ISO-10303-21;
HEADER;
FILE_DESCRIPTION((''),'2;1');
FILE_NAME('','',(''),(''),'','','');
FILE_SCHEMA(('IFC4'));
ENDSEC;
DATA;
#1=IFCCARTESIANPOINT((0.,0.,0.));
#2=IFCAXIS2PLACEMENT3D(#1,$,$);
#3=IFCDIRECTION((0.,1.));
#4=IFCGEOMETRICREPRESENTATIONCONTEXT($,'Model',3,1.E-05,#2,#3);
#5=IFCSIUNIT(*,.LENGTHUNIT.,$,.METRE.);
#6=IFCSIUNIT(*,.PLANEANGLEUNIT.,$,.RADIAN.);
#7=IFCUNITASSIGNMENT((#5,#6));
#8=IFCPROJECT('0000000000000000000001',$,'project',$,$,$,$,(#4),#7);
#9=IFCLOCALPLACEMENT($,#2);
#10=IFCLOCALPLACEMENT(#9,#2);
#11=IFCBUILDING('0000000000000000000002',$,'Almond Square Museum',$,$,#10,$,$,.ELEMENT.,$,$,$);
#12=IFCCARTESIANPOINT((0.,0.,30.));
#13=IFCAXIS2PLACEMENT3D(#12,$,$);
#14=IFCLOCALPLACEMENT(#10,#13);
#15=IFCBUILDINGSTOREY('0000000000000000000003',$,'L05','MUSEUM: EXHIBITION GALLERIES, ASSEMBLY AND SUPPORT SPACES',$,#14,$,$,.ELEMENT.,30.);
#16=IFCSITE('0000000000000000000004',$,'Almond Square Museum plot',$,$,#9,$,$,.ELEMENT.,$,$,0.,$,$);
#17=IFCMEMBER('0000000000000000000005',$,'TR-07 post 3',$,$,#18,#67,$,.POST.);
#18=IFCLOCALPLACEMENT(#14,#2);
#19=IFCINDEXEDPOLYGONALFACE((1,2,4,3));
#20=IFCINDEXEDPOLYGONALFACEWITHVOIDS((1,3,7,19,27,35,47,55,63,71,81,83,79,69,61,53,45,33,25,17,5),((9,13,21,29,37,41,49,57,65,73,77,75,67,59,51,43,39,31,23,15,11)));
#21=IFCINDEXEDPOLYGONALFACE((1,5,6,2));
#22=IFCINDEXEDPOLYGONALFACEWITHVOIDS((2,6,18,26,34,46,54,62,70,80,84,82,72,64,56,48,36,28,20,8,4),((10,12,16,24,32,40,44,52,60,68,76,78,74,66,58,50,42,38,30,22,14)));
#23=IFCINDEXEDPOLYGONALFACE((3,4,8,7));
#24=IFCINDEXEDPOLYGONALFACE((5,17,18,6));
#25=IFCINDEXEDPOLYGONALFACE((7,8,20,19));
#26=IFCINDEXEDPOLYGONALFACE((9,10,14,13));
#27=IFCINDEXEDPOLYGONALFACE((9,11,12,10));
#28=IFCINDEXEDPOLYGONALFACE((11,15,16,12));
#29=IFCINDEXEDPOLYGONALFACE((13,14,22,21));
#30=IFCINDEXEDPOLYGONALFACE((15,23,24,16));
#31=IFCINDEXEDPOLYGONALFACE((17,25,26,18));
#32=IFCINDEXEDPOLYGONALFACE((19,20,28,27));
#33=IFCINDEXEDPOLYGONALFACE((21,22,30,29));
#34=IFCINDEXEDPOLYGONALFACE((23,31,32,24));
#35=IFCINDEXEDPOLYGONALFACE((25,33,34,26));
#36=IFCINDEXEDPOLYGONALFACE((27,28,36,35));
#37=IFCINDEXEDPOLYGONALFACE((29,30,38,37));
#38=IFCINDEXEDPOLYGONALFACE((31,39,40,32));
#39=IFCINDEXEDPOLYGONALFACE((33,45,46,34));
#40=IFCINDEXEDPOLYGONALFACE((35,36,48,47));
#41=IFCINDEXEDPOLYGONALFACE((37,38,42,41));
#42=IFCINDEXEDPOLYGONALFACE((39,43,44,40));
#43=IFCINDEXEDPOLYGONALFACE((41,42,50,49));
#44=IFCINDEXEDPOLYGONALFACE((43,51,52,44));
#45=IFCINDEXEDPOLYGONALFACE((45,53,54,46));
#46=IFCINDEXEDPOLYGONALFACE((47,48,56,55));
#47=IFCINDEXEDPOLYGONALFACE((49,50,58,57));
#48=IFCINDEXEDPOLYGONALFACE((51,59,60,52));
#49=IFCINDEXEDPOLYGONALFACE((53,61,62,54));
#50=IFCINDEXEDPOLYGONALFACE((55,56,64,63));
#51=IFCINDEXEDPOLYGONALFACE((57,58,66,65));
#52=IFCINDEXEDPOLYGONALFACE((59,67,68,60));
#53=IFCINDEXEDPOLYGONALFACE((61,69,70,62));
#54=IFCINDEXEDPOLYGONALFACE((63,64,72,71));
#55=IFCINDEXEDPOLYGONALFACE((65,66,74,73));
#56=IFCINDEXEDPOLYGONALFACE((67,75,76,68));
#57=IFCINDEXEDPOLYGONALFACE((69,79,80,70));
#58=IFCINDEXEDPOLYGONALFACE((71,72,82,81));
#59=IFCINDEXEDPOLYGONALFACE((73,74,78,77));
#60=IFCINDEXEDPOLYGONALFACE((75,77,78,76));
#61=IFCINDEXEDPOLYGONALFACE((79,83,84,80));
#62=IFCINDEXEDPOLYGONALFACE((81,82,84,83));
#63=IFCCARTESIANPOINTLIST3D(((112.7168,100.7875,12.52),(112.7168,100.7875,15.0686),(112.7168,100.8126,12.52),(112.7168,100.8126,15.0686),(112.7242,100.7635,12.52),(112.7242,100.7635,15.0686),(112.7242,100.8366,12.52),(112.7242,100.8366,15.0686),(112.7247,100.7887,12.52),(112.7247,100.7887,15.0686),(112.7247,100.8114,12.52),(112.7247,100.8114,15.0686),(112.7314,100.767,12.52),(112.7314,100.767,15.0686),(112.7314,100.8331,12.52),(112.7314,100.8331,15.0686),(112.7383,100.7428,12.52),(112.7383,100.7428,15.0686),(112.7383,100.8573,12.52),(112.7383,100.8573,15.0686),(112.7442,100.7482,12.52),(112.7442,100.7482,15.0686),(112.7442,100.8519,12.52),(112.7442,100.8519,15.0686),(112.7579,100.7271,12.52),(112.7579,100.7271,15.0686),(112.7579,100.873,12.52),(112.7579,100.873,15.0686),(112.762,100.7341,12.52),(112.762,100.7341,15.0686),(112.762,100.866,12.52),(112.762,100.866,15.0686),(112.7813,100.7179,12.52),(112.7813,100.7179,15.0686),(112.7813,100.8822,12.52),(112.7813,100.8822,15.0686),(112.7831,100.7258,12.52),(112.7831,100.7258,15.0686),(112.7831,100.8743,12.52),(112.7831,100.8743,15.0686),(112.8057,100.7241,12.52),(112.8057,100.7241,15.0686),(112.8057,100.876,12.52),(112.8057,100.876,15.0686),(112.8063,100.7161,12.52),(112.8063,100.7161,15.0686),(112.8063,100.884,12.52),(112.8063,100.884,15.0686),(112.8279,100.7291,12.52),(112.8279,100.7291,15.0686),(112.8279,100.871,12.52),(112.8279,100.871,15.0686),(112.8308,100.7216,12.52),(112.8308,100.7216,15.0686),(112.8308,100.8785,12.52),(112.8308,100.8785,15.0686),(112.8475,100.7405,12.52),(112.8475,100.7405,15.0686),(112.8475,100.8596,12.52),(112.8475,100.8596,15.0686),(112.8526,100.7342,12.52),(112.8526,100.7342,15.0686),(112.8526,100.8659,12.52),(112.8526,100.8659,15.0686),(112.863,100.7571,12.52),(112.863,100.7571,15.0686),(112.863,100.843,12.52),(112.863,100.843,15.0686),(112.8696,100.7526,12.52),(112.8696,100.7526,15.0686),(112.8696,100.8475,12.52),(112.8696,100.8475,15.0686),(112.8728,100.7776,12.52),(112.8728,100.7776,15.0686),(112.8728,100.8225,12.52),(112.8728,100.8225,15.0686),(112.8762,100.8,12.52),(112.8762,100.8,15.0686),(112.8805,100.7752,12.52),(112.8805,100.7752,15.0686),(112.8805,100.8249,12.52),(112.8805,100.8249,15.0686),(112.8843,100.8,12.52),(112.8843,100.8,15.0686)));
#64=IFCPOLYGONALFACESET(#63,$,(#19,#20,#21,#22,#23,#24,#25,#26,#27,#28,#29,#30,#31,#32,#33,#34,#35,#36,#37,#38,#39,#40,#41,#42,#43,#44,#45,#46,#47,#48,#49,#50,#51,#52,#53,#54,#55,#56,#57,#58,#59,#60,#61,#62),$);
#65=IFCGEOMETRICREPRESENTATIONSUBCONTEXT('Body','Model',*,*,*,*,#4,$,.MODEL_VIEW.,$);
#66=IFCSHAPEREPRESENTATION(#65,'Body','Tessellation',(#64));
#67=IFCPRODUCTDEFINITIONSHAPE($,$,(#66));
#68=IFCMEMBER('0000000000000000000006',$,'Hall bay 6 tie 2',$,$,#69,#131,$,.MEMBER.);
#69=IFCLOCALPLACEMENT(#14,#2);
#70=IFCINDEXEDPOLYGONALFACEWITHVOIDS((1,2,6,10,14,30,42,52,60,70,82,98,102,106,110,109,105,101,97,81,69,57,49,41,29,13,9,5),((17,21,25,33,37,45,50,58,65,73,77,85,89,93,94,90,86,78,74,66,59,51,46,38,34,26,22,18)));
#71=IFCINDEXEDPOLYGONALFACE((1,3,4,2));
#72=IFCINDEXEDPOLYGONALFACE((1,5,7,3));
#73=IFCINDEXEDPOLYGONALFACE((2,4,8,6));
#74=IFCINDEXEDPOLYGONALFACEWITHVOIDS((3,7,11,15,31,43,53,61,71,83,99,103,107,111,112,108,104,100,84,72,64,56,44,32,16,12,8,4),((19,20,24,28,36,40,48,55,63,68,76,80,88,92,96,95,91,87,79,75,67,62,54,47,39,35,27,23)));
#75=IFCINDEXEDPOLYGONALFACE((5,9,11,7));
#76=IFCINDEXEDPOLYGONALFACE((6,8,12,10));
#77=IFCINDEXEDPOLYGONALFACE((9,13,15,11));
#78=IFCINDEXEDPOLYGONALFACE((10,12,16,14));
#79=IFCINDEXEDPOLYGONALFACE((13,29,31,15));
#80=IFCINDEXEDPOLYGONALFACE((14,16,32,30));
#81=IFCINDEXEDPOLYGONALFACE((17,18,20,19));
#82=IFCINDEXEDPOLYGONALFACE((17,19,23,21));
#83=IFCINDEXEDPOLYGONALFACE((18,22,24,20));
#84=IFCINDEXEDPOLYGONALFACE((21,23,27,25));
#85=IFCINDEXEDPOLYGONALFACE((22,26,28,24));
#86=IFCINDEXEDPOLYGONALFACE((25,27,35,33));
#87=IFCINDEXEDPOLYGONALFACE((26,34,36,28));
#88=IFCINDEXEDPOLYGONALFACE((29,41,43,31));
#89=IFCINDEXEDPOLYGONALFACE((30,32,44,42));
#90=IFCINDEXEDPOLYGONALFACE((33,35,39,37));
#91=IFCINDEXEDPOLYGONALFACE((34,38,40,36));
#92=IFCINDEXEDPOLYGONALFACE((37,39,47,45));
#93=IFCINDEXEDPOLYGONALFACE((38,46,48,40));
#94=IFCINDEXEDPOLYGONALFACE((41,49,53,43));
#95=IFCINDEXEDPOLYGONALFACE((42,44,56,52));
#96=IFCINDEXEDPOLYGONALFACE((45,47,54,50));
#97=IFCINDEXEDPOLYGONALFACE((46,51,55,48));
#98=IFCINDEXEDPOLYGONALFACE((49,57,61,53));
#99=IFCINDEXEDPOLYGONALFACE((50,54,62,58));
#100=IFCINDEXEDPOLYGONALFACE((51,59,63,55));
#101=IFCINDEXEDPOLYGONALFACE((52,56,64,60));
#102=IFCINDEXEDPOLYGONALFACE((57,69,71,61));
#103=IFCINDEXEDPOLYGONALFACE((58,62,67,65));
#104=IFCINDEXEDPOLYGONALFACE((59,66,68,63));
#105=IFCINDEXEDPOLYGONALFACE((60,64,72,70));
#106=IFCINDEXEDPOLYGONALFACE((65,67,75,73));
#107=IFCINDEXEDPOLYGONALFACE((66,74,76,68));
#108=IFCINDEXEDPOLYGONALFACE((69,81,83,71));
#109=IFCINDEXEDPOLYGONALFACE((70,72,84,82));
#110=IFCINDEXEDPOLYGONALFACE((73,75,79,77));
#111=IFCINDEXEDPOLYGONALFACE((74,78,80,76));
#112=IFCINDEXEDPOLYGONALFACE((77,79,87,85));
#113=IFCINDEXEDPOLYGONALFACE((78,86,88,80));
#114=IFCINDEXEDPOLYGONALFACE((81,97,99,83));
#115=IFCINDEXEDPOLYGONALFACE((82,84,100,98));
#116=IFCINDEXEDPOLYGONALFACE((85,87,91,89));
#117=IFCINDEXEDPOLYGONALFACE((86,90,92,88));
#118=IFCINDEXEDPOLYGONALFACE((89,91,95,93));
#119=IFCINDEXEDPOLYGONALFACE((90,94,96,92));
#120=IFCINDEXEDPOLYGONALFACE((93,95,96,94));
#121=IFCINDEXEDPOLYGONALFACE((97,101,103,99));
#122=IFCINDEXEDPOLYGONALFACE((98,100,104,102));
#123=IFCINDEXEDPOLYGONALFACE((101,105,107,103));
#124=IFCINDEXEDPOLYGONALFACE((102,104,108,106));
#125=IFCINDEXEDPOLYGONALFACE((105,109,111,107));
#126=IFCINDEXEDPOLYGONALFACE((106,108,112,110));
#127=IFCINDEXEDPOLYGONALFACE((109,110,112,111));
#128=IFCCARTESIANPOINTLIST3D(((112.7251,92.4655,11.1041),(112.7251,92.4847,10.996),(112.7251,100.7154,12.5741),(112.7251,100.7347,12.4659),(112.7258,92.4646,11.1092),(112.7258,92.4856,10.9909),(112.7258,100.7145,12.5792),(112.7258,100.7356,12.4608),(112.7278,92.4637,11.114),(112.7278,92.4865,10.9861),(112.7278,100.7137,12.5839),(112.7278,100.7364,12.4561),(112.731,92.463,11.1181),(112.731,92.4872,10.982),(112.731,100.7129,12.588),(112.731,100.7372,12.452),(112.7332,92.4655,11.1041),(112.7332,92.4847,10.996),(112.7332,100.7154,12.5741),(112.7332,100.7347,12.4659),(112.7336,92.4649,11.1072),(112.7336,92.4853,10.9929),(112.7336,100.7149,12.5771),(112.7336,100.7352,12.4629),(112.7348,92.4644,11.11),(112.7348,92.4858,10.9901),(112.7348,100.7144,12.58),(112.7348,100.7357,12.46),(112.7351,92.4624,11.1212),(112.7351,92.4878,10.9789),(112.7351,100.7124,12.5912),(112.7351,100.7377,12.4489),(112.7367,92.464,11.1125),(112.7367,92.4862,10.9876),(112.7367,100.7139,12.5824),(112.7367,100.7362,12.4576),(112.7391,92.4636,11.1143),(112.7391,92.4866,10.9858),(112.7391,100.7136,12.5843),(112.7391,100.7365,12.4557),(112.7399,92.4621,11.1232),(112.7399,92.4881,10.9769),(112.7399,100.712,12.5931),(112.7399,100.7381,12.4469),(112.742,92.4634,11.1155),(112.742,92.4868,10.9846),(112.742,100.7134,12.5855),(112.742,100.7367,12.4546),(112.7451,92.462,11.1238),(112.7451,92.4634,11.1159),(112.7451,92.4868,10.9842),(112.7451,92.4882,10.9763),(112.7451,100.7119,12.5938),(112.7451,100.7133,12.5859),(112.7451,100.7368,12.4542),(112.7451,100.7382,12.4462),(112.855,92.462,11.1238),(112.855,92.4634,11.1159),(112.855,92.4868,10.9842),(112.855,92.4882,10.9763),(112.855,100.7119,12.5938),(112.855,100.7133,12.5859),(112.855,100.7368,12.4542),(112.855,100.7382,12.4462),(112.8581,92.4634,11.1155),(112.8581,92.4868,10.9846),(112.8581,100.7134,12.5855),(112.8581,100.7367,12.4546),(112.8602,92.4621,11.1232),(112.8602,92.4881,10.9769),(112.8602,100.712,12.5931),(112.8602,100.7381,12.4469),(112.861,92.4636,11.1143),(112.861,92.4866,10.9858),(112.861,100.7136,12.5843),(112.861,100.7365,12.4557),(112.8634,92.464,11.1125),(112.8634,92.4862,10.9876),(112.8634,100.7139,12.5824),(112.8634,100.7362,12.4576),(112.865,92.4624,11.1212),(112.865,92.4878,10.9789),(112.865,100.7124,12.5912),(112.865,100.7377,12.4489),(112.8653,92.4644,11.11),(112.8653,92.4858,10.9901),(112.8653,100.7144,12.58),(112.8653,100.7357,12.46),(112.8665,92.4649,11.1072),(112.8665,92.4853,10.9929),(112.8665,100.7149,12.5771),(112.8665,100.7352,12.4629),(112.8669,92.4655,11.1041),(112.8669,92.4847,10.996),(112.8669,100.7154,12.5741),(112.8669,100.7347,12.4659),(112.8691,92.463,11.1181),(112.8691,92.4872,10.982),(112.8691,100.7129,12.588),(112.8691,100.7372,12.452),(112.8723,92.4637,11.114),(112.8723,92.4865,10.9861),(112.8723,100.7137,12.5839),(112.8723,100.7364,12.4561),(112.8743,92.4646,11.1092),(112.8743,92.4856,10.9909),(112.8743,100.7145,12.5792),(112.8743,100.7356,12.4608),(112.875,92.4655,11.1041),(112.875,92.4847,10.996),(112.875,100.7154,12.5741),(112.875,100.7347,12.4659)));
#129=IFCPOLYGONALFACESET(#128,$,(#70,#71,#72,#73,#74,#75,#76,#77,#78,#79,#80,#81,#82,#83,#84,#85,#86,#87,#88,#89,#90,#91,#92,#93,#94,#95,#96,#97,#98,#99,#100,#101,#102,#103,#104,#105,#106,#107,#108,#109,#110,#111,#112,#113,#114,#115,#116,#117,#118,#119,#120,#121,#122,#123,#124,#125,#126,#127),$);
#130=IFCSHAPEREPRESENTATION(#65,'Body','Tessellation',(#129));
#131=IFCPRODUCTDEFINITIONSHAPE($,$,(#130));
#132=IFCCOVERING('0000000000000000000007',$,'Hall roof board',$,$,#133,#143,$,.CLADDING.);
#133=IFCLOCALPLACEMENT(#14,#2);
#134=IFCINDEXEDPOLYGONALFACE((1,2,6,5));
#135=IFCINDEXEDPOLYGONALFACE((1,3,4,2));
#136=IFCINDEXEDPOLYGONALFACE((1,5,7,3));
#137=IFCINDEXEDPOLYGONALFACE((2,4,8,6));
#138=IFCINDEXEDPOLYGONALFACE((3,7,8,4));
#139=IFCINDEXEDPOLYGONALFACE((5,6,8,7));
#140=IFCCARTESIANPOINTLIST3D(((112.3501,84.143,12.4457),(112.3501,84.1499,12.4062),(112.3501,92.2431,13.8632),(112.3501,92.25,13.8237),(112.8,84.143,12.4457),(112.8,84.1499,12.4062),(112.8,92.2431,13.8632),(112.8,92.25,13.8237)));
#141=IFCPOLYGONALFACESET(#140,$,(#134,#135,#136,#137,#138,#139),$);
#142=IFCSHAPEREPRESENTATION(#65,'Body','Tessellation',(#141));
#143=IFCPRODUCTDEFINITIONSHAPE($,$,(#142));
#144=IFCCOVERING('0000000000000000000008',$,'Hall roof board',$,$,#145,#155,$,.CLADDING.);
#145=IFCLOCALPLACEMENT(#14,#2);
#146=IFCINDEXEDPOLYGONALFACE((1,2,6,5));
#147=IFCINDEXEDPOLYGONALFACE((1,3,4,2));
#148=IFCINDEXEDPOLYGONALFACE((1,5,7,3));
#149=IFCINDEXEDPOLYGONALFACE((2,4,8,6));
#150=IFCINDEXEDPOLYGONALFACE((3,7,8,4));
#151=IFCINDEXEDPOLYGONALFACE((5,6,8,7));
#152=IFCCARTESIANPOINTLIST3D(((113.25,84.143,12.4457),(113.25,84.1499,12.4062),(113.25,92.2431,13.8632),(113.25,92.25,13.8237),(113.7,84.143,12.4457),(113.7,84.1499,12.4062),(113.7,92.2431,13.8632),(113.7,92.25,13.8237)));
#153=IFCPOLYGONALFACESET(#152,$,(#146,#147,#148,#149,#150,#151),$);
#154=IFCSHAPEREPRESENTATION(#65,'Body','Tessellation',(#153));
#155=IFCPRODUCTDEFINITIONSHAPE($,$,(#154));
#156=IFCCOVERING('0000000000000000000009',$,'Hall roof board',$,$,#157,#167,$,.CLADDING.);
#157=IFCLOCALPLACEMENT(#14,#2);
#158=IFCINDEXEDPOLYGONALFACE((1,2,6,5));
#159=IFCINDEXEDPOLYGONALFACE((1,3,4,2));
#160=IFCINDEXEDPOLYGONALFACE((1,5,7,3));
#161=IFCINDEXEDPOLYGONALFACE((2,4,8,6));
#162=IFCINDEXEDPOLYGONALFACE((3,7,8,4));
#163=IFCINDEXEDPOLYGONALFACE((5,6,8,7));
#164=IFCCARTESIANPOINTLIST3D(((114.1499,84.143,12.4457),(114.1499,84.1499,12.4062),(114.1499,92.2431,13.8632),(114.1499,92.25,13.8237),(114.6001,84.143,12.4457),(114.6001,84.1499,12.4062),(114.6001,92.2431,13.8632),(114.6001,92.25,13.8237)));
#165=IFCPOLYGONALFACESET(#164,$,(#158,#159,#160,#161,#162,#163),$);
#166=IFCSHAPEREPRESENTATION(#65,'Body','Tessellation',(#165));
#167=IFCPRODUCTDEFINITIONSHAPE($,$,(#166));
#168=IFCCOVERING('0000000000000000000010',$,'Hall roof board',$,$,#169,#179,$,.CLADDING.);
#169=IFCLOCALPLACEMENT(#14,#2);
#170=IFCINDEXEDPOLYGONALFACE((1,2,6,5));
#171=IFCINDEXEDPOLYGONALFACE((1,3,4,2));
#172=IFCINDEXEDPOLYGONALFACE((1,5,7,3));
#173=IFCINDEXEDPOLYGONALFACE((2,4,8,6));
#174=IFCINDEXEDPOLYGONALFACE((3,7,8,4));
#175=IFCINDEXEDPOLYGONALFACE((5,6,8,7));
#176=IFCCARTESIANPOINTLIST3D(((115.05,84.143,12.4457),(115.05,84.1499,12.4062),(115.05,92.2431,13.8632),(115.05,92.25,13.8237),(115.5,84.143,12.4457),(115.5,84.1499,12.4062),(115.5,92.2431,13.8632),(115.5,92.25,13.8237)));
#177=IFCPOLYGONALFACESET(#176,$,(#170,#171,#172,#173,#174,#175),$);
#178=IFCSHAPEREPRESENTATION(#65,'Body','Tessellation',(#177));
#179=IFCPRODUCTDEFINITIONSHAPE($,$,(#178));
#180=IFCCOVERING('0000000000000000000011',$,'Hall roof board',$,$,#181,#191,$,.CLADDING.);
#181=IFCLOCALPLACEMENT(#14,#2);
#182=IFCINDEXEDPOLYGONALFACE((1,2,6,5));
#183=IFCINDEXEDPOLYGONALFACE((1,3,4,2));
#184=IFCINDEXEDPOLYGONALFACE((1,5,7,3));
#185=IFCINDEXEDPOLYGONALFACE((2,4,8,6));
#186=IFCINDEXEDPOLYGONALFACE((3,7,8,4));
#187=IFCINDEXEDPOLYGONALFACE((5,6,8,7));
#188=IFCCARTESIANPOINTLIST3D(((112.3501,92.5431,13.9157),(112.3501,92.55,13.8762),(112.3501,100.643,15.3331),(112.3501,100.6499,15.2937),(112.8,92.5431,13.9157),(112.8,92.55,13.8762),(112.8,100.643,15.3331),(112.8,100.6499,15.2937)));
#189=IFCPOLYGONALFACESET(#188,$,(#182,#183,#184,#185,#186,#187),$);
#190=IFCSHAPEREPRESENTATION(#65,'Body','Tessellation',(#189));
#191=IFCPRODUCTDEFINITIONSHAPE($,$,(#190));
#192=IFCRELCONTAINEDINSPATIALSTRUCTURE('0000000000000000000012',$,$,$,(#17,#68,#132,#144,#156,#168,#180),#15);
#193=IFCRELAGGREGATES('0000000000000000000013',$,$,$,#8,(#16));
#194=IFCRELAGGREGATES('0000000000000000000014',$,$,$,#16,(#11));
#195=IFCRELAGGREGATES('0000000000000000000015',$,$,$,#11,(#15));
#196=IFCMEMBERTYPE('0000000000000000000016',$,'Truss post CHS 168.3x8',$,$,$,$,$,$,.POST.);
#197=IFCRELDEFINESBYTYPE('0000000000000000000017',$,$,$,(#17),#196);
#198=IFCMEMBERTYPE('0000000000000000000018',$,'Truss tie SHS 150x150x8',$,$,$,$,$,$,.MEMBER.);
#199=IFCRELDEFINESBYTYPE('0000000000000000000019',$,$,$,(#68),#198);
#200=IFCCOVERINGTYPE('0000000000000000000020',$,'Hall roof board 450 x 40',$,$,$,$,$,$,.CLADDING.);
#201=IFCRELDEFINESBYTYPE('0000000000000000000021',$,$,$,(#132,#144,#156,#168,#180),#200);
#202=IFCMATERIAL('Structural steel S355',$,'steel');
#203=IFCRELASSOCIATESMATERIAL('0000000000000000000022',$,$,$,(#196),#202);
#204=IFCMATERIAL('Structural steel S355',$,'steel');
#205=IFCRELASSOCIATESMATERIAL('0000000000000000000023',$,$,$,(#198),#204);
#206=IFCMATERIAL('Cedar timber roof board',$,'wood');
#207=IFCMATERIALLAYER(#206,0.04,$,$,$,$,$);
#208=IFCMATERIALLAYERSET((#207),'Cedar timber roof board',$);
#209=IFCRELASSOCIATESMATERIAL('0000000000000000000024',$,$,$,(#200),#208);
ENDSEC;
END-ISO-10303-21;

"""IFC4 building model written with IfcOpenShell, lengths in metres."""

from ifc_helpers import new_model, si_unit, direction, frame, origin, origin_2d, place, context, subcontext, project, spatial, polyline, hollow_rectangle, hollow_circle, outline, extrude, material, layer, layer_set, material_profile, profile_set, type_object, element, save


model = new_model("IFC4")

# Units and contexts
model_context = context("Model", 3, precision=1e-05, world=origin(), true_north=direction((0.0, 1.0)))
body_context = subcontext(model_context, "Body", "Model", "MODEL_VIEW")
ifc_project = project(units=[si_unit("LENGTHUNIT", "METRE"), si_unit("PLANEANGLEUNIT", "RADIAN")], contexts=[model_context])

# Site, building, storey
site_placement = place(None, origin())
site = spatial("IfcSite", under=ifc_project, at=site_placement, Name="Almond Square Museum plot", CompositionType="ELEMENT", RefElevation=0.0)
building_placement = place(site_placement, origin())
building = spatial("IfcBuilding", under=site, at=building_placement, Name="Almond Square Museum", CompositionType="ELEMENT")
storey_placement = place(building_placement, frame((0.0, 0.0, 30.0)))
storey = spatial("IfcBuildingStorey", under=building, at=storey_placement, Name="L05", Description="MUSEUM: EXHIBITION GALLERIES, ASSEMBLY AND SUPPORT SPACES", CompositionType="ELEMENT", Elevation=30.0)

# Members
ifc_material_1 = material(Name="Structural steel S355", Category="steel")
ifc_material_profile_1 = material_profile(ifc_material_1, hollow_circle(Radius=0.0842, WallThickness=0.0081, at=origin_2d()))
ifc_profile_set_1 = profile_set([ifc_material_profile_1], Name="Structural steel S355")
member_type_1 = type_object("IfcMemberType", Name="Truss post CHS 168.3x8", PredefinedType="POST", material=ifc_profile_set_1)
member_1_placement = place(storey_placement, frame((112.8, 100.8, 12.52), z_axis=(0.0, 0.0, 1.0), x_axis=(1.0, 0.0, 0.0)))
element("IfcMember", 1, at=member_1_placement, inside=storey, type_object=member_type_1, Name="TR-07 post 3", PredefinedType="POST", context=body_context, shape_type="SweptSolid", body=[
    extrude(hollow_circle(Radius=0.0842, WallThickness=0.0081, at=origin_2d()), origin(), (0.0, 0.0, 1.0), 2.5486),
])
ifc_material_2 = material(Name="Structural steel S355", Category="steel")
ifc_material_profile_2 = material_profile(ifc_material_2, hollow_rectangle(XDim=0.1499, YDim=0.1499, WallThickness=0.0081, InnerFilletRadius=0.012, OuterFilletRadius=0.02, at=origin_2d()))
ifc_profile_set_2 = profile_set([ifc_material_profile_2], Name="Structural steel S355")
member_type_2 = type_object("IfcMemberType", Name="Truss tie SHS 150x150x8", PredefinedType="MEMBER", material=ifc_profile_set_2)
member_2_placement = place(storey_placement, frame((112.8, 92.4751, 11.05), z_axis=(0.0, 0.984494, 0.175416), x_axis=(-1.0, 0.0, 0.0)))
element("IfcMember", 2, at=member_2_placement, inside=storey, type_object=member_type_2, Name="Hall bay 6 tie 2", PredefinedType="MEMBER", context=body_context, shape_type="SweptSolid", body=[
    extrude(hollow_rectangle(XDim=0.1499, YDim=0.1499, WallThickness=0.0081, InnerFilletRadius=0.012, OuterFilletRadius=0.02, at=origin_2d()), origin(), (0.0, 0.0, 1.0), 8.3799),
])

# Coverings
ifc_material_3 = material(Name="Cedar timber roof board", Category="wood")
ifc_layer = layer(ifc_material_3, 0.04)
ifc_layer_set = layer_set([ifc_layer], Name="Cedar timber roof board")
covering_type = type_object("IfcCoveringType", Name="Hall roof board 450 x 40", PredefinedType="CLADDING", material=ifc_layer_set)
for number, where, z_axis, x_axis, name in (
    (3, (112.8, 92.25, 13.8237), (0.0, -0.172376, 0.985031), (-1.0, 0.0, 0.0), "Hall roof board"),
    (4, (113.7, 92.25, 13.8237), (0.0, -0.172376, 0.985031), (-1.0, 0.0, 0.0), "Hall roof board"),
):
    element("IfcCovering", number, at=place(storey_placement, frame(where, z_axis=z_axis, x_axis=x_axis)), inside=storey, type_object=covering_type, Name=name, PredefinedType="CLADDING", context=body_context, shape_type="SweptSolid", body=[
        extrude(outline(polyline([(0.0, 0.0), (0.45, 0.0), (0.45, 8.2232), (0.0, 8.2232), (0.0, 0.0)])), origin(), (0.0, 0.0, 1.0), 0.04),
    ])
covering_1_placement = place(storey_placement, frame((114.6001, 92.25, 13.8237), z_axis=(0.0, -0.172376, 0.985031), x_axis=(-1.0, 0.0, 0.0)))
element("IfcCovering", 5, at=covering_1_placement, inside=storey, type_object=covering_type, Name="Hall roof board", PredefinedType="CLADDING", context=body_context, shape_type="SweptSolid", body=[
    extrude(outline(polyline([(0.0, 0.0), (0.4502, 0.0), (0.4502, 8.2232), (0.0, 8.2232), (0.0, 0.0)])), origin(), (0.0, 0.0, 1.0), 0.04),
])
covering_2_placement = place(storey_placement, frame((115.5, 92.25, 13.8237), z_axis=(0.0, -0.172376, 0.985031), x_axis=(-1.0, 0.0, 0.0)))
element("IfcCovering", 6, at=covering_2_placement, inside=storey, type_object=covering_type, Name="Hall roof board", PredefinedType="CLADDING", context=body_context, shape_type="SweptSolid", body=[
    extrude(outline(polyline([(0.0, 0.0), (0.45, 0.0), (0.45, 8.2232), (0.0, 8.2232), (0.0, 0.0)])), origin(), (0.0, 0.0, 1.0), 0.04),
])
for number, where, z_axis, x_axis, name in (
    (7, (112.8, 100.6499, 15.2937), (0.0, -0.172381, 0.98503), (-1.0, 0.0, 0.0), "Hall roof board"),
):
    element("IfcCovering", number, at=place(storey_placement, frame(where, z_axis=z_axis, x_axis=x_axis)), inside=storey, type_object=covering_type, Name=name, PredefinedType="CLADDING", context=body_context, shape_type="SweptSolid", body=[
        extrude(outline(polyline([(0.0, 0.0), (0.45, 0.0), (0.45, 8.2229), (0.0, 8.2229), (0.0, 0.0)])), origin(), (0.0, 0.0, 1.0), 0.04),
    ])

save(model, "model.ifc")
